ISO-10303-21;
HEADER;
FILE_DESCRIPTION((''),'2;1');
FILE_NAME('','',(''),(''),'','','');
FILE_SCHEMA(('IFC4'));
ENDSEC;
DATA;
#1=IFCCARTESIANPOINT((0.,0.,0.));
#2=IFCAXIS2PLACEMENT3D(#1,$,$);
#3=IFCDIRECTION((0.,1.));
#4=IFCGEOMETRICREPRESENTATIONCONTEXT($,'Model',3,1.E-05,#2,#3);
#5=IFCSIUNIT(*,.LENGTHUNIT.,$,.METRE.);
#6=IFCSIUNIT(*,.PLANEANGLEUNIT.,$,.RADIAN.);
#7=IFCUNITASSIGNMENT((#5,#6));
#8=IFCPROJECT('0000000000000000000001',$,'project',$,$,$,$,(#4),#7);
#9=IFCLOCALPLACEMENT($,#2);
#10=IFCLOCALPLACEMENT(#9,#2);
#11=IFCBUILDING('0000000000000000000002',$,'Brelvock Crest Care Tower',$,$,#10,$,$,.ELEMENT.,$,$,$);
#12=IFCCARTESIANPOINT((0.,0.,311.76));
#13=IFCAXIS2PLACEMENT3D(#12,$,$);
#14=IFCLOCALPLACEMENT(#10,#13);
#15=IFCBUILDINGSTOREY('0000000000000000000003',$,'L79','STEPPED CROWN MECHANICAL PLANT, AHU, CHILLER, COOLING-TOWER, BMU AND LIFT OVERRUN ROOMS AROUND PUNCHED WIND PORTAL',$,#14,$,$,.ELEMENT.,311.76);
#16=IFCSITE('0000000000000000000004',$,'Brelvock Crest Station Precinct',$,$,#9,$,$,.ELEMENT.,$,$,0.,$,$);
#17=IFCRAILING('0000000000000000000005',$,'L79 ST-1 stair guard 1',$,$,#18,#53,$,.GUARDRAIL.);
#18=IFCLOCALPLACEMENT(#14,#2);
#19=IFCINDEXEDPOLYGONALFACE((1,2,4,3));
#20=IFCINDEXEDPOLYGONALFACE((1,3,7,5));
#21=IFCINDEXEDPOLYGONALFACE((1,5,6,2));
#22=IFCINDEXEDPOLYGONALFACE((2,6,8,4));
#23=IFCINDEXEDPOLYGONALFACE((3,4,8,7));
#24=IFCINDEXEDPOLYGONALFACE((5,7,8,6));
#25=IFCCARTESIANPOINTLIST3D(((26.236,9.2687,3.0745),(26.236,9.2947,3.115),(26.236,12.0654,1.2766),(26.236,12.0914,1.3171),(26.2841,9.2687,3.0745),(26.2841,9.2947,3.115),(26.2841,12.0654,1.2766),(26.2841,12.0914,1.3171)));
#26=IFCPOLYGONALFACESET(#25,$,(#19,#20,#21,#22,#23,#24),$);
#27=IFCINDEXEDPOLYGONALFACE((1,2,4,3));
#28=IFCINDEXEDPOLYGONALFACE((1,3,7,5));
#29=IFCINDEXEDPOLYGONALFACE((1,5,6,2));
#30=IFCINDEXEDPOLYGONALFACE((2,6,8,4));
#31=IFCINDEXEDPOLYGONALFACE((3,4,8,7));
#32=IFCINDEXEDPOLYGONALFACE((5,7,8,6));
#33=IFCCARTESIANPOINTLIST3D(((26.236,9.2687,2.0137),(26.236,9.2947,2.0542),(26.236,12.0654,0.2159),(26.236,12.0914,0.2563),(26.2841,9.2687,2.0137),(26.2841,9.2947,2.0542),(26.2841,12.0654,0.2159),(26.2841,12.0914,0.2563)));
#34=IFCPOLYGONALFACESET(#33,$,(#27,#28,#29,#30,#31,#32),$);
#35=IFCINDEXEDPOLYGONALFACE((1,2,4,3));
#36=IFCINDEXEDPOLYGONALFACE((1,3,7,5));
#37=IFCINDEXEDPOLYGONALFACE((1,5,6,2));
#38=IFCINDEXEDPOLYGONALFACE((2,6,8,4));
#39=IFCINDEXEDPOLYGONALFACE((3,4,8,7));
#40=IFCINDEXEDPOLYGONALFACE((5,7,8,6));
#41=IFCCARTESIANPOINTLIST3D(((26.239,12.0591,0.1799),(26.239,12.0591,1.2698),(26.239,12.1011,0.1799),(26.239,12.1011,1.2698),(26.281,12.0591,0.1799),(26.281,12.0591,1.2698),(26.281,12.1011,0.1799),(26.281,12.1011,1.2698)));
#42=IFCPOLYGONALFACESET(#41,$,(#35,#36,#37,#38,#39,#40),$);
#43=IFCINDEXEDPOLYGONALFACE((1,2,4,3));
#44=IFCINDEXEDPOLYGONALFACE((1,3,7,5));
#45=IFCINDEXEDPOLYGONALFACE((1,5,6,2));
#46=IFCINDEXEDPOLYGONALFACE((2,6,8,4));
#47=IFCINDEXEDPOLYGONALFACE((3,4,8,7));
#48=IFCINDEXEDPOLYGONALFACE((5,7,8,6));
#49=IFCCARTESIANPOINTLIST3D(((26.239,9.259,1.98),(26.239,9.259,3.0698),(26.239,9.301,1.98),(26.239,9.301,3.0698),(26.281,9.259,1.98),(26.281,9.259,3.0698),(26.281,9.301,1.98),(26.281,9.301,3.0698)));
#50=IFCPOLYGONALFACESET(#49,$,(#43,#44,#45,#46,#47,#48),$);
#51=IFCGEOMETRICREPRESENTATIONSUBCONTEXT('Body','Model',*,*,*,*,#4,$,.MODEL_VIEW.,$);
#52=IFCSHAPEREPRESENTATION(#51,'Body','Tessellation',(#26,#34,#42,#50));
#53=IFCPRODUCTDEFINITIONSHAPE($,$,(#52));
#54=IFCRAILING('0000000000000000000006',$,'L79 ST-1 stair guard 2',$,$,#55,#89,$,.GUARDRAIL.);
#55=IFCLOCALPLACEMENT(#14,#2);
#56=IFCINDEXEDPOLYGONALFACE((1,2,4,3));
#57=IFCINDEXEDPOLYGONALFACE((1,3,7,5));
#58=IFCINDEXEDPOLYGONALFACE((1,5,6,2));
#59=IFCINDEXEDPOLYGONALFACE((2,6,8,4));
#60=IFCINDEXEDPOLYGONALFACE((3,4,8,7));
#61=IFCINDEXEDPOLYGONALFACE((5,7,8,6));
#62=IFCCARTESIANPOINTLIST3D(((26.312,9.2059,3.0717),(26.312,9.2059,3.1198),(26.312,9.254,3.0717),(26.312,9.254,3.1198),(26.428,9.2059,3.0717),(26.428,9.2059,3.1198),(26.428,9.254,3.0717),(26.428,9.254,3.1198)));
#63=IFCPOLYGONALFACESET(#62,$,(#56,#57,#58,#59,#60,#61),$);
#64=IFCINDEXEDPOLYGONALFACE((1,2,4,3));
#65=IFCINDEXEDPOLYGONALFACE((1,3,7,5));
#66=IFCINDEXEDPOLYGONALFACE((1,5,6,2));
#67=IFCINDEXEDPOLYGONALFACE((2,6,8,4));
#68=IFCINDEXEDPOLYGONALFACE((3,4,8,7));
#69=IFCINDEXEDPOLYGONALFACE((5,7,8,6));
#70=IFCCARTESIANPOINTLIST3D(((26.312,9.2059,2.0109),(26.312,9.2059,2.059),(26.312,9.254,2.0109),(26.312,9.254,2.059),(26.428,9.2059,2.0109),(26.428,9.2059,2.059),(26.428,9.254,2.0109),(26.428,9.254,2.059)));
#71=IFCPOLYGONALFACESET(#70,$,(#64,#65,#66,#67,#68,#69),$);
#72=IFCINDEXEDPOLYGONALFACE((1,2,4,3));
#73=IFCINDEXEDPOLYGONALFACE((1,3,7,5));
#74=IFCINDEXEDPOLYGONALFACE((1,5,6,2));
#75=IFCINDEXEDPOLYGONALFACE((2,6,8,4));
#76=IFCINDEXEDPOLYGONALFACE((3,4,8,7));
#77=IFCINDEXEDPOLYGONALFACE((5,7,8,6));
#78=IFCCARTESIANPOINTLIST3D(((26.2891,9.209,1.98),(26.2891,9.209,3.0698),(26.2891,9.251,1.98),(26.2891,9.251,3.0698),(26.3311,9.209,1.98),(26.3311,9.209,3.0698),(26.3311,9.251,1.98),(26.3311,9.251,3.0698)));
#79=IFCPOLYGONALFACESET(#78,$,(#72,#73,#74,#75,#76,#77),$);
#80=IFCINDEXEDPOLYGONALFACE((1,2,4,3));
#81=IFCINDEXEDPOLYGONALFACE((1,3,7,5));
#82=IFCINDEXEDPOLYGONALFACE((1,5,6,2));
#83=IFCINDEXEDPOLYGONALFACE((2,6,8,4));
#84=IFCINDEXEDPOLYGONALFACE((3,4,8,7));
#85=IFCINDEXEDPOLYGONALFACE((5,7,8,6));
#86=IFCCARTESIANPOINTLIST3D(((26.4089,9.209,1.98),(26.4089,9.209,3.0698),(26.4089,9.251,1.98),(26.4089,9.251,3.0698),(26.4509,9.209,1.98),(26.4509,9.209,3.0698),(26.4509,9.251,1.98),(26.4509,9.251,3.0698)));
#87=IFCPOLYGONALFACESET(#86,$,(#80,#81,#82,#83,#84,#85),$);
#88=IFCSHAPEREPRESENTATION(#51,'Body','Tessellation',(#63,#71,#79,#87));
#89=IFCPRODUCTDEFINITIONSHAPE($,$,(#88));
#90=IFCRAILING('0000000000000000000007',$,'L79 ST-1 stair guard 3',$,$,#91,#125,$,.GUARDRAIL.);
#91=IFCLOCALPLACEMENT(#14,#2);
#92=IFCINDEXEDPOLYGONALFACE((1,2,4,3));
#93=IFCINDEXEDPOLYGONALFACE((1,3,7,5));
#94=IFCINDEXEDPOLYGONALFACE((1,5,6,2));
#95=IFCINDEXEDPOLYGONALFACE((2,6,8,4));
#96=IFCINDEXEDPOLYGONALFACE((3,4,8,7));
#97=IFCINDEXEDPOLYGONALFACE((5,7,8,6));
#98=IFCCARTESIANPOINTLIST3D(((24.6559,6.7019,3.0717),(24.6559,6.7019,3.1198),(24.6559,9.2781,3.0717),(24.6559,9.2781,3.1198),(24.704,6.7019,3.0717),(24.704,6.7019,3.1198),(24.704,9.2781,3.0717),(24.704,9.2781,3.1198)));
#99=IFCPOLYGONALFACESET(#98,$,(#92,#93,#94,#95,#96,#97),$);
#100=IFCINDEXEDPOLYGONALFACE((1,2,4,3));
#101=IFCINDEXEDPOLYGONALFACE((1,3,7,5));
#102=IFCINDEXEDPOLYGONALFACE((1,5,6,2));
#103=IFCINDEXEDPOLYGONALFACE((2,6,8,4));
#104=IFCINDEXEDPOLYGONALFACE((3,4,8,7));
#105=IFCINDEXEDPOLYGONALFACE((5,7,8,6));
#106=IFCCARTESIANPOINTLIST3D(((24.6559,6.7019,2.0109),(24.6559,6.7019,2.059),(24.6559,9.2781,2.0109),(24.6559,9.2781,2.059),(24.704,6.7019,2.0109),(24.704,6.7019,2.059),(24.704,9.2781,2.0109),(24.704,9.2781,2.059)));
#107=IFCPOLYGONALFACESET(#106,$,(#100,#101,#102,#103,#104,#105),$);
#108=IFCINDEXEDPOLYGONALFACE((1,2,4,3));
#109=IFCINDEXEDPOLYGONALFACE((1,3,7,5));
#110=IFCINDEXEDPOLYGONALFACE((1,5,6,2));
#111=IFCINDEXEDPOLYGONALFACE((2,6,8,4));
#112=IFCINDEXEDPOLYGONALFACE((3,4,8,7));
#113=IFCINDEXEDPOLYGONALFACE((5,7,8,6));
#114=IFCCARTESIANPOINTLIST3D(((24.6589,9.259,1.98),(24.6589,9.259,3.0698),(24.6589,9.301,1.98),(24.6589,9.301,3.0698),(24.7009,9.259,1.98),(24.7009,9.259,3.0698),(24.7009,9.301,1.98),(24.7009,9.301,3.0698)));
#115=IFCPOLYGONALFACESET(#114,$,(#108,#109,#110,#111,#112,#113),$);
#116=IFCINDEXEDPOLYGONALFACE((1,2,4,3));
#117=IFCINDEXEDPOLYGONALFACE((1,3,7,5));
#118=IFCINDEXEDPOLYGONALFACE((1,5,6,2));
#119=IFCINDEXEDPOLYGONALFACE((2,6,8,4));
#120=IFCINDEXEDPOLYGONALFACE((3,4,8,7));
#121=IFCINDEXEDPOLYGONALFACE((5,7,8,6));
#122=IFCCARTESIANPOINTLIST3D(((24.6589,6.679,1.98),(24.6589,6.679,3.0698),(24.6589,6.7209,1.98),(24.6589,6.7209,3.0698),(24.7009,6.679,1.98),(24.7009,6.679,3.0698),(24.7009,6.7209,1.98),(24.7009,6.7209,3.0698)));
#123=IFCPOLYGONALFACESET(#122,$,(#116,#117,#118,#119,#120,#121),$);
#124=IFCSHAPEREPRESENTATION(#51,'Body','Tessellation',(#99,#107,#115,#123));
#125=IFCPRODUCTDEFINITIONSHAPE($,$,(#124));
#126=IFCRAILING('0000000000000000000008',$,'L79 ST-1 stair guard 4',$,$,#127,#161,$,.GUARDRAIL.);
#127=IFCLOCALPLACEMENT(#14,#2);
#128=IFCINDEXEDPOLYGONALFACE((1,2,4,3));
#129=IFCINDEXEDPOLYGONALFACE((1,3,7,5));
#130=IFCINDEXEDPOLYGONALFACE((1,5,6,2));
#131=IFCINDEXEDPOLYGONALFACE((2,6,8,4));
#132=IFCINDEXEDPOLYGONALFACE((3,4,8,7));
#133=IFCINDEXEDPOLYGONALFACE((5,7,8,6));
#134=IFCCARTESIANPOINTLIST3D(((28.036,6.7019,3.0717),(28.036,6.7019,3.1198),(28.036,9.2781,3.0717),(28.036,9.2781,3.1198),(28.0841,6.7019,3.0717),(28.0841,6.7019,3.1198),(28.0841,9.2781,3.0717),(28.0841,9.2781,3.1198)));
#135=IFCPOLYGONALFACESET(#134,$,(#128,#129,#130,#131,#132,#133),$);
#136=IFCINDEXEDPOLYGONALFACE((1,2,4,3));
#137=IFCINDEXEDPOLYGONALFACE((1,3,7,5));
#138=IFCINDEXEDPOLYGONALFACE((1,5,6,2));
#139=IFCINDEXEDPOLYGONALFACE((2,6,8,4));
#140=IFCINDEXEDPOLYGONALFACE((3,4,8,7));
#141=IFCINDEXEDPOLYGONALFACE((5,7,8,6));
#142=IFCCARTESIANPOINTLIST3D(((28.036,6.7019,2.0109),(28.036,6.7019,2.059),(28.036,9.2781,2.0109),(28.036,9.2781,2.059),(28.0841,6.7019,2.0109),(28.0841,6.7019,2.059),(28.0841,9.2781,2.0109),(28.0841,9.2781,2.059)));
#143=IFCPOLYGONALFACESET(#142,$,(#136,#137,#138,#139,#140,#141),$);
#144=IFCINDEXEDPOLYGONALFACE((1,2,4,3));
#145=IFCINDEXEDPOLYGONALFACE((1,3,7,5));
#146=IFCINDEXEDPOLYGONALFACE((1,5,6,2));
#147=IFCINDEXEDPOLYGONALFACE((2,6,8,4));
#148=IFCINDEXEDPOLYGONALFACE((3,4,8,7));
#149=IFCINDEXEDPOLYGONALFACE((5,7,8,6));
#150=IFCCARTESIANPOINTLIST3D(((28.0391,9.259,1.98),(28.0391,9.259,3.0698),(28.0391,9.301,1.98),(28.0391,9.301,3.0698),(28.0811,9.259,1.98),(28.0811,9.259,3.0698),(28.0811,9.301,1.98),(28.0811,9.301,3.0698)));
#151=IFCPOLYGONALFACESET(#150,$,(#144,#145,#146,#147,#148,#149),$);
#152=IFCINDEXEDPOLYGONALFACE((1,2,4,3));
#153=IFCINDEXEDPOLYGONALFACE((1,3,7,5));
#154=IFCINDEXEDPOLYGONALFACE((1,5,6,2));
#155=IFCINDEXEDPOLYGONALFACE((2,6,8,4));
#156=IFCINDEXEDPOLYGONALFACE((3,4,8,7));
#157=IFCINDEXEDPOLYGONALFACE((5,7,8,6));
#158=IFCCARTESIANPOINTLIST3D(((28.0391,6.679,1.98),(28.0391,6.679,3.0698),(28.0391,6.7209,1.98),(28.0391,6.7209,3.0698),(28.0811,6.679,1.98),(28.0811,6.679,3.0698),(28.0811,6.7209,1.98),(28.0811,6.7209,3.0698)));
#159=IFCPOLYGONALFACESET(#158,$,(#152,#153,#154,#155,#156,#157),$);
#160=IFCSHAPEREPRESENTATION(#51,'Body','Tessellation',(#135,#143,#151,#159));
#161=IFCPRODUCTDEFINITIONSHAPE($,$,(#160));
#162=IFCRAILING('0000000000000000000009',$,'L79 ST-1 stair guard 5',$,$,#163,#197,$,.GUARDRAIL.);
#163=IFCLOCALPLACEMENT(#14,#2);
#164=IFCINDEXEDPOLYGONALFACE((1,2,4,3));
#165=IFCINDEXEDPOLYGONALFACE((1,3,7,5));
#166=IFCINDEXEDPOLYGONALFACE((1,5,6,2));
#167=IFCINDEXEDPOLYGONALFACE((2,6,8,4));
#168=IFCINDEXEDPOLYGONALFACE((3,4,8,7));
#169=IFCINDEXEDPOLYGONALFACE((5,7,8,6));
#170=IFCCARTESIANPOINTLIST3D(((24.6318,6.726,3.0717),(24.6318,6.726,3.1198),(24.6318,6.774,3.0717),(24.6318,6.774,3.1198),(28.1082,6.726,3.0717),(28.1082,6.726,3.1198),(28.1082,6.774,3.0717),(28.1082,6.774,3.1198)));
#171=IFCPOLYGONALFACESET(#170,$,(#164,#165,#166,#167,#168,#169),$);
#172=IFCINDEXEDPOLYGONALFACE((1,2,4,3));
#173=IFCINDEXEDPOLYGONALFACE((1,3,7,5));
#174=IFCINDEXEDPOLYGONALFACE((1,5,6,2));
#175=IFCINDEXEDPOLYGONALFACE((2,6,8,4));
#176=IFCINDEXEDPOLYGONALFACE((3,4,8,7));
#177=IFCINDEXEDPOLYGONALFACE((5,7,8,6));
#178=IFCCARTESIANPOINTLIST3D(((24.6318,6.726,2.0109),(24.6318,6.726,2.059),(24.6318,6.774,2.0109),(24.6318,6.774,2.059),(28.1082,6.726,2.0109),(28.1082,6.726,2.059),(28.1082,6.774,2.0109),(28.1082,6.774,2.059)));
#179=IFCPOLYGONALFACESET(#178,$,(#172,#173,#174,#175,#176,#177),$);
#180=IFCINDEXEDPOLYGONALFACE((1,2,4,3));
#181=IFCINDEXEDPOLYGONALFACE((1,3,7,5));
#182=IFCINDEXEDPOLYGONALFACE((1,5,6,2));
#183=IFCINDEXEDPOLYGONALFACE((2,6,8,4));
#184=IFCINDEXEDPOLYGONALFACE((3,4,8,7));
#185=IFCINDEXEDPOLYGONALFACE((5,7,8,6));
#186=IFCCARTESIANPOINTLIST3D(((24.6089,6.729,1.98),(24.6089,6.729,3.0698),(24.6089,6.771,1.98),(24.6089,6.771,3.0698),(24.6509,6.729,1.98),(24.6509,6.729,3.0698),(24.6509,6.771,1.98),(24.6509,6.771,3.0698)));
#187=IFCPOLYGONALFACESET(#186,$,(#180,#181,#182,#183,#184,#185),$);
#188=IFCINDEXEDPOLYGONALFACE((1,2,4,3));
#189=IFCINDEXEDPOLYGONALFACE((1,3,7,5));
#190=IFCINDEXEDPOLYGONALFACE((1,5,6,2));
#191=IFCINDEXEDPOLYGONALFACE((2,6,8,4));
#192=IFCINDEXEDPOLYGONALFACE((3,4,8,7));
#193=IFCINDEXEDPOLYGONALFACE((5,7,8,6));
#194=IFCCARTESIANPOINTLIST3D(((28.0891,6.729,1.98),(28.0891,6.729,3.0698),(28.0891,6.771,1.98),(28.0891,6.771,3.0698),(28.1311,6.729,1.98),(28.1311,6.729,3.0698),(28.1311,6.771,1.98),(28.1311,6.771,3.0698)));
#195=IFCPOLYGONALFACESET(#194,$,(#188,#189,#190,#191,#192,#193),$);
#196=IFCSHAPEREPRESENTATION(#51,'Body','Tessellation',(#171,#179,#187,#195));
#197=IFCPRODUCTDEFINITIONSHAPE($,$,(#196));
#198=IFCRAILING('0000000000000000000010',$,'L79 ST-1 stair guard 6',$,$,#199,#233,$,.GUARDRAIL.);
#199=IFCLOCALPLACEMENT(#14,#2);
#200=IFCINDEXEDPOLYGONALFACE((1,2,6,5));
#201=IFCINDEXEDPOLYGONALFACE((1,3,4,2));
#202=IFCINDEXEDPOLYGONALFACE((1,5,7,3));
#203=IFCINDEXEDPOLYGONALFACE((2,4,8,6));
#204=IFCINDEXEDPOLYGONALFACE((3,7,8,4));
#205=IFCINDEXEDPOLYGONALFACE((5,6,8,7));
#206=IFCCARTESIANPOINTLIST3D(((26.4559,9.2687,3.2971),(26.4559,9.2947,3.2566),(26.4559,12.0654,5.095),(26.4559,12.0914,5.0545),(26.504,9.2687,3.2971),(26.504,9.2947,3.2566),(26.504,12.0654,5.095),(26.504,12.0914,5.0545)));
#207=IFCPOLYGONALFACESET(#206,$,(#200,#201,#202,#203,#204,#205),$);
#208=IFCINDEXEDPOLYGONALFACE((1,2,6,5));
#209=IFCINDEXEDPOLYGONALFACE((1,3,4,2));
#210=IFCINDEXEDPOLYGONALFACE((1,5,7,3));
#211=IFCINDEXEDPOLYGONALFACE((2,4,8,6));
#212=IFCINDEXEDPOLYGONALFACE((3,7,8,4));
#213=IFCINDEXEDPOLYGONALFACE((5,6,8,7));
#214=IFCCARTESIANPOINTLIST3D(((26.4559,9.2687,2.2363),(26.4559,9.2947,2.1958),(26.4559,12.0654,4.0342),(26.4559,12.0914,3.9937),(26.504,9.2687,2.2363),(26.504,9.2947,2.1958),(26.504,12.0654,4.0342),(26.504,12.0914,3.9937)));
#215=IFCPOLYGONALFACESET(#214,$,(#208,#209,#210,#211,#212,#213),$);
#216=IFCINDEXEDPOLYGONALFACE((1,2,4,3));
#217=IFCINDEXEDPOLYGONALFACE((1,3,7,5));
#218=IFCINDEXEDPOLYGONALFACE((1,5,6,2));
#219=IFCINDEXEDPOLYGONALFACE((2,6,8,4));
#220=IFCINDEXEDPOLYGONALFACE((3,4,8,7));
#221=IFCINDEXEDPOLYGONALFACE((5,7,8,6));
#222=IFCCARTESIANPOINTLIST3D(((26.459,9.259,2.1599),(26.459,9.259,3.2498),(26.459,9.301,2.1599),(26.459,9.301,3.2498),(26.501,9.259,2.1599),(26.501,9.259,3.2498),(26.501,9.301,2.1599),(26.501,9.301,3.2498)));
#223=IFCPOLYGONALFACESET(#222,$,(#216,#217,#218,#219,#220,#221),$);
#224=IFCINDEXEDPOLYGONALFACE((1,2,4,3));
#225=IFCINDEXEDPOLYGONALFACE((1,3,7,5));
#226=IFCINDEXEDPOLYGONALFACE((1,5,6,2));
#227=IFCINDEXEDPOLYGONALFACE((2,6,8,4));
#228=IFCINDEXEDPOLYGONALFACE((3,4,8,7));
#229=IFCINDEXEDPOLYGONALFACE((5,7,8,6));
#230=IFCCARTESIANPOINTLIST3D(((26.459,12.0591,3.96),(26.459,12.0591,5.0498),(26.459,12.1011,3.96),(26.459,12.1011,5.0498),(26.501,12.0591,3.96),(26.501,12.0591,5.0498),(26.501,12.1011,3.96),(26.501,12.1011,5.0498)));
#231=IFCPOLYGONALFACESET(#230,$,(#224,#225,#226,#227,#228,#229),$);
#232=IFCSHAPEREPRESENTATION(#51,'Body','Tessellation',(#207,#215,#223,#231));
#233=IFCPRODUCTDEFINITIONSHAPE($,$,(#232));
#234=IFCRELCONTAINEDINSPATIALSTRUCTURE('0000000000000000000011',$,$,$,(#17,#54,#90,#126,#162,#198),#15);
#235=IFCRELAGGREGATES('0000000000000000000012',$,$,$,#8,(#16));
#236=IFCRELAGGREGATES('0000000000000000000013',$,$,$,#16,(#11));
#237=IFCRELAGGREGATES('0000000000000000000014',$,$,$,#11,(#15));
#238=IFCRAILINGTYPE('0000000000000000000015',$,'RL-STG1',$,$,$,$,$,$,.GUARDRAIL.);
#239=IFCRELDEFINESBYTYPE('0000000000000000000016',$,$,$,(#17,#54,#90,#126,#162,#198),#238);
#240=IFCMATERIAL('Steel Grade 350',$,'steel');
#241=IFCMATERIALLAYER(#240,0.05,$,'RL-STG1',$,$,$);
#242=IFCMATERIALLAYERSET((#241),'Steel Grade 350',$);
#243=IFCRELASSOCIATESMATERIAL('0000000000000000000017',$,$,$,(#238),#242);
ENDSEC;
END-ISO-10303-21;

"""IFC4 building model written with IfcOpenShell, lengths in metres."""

from ifc_helpers import new_model, si_unit, direction, frame, origin, origin_2d, place, context, subcontext, project, spatial, rectangle, extrude, material, layer, layer_set, type_object, element, save


model = new_model("IFC4")

# Units and contexts
model_context = context("Model", 3, precision=1e-05, world=origin(), true_north=direction((0.0, 1.0)))
body_context = subcontext(model_context, "Body", "Model", "MODEL_VIEW")
ifc_project = project(units=[si_unit("LENGTHUNIT", "METRE"), si_unit("PLANEANGLEUNIT", "RADIAN")], contexts=[model_context])

# Site, building, storey
site_placement = place(None, origin())
site = spatial("IfcSite", under=ifc_project, at=site_placement, Name="Brelvock Crest Station Precinct", CompositionType="ELEMENT", RefElevation=0.0)
building_placement = place(site_placement, origin())
building = spatial("IfcBuilding", under=site, at=building_placement, Name="Brelvock Crest Care Tower", CompositionType="ELEMENT")
storey_placement = place(building_placement, frame((0.0, 0.0, 311.76)))
storey = spatial("IfcBuildingStorey", under=building, at=storey_placement, Name="L79", Description="STEPPED CROWN MECHANICAL PLANT, AHU, CHILLER, COOLING-TOWER, BMU AND LIFT OVERRUN ROOMS AROUND PUNCHED WIND PORTAL", CompositionType="ELEMENT", Elevation=311.76)

# Shared definitions
ifc_material_1 = material(Name="Steel Grade 350", Category="steel")

# Railings
ifc_layer_1 = layer(ifc_material_1, 0.05, Name="RL-STG1")
ifc_layer_set_1 = layer_set([ifc_layer_1], Name="Steel Grade 350")
railing_type_1 = type_object("IfcRailingType", Name="RL-STG1", PredefinedType="GUARDRAIL", material=ifc_layer_set_1)
railing_1_placement = place(storey_placement, frame((26.26, 12.0801, 0.1799)))
element("IfcRailing", 1, at=railing_1_placement, inside=storey, type_object=railing_type_1, Name="L79 ST-1 stair guard 1", PredefinedType="GUARDRAIL", context=body_context, shape_type="SweptSolid", body=[
    extrude(rectangle(XDim=0.0481, YDim=0.0481, at=origin_2d()), frame((0.0, -0.0017, 1.1169), z_axis=(0.0, -0.841176, 0.540761), x_axis=(1.0, 0.0, 0.0)), (0.0, 0.0, 1.0), 3.3247),
    extrude(rectangle(XDim=0.0481, YDim=0.0481, at=origin_2d()), frame((0.0, -0.0017, 0.0562), z_axis=(0.0, -0.841176, 0.540761), x_axis=(1.0, 0.0, 0.0)), (0.0, 0.0, 1.0), 3.3247),
    extrude(rectangle(XDim=0.042, YDim=0.042, at=origin_2d()), origin(), (0.0, 0.0, 1.0), 1.0898),
    extrude(rectangle(XDim=0.042, YDim=0.042, at=origin_2d()), frame((0.0, -2.8, 1.8)), (0.0, 0.0, 1.0), 1.0898),
])
railing_2_placement = place(storey_placement, frame((26.3101, 9.23, 1.98)))
element("IfcRailing", 2, at=railing_2_placement, inside=storey, type_object=railing_type_1, Name="L79 ST-1 stair guard 2", PredefinedType="GUARDRAIL", context=body_context, shape_type="SweptSolid", body=[
    extrude(rectangle(XDim=0.0481, YDim=0.0481, at=origin_2d()), frame((0.002, 0.0, 1.1157), z_axis=(1.0, 0.0, 0.0), x_axis=(0.0, 1.0, 0.0)), (0.0, 0.0, 1.0), 0.116),
    extrude(rectangle(XDim=0.0481, YDim=0.0481, at=origin_2d()), frame((0.002, 0.0, 0.0549), z_axis=(1.0, 0.0, 0.0), x_axis=(0.0, 1.0, 0.0)), (0.0, 0.0, 1.0), 0.116),
    extrude(rectangle(XDim=0.042, YDim=0.042, at=origin_2d()), origin(), (0.0, 0.0, 1.0), 1.0898),
    extrude(rectangle(XDim=0.042, YDim=0.042, at=origin_2d()), frame((0.1199, 0.0, 0.0)), (0.0, 0.0, 1.0), 1.0898),
])
for number, where, name in (
    (3, (24.6799, 9.28, 1.98), "L79 ST-1 stair guard 3"),
    (4, (28.0601, 9.28, 1.98), "L79 ST-1 stair guard 4"),
):
    element("IfcRailing", number, at=place(storey_placement, frame(where)), inside=storey, type_object=railing_type_1, Name=name, PredefinedType="GUARDRAIL", context=body_context, shape_type="SweptSolid", body=[
        extrude(rectangle(XDim=0.0481, YDim=0.0481, at=origin_2d()), frame((0.0, -0.002, 1.1157), z_axis=(0.0, -1.0, 0.0), x_axis=(1.0, 0.0, 0.0)), (0.0, 0.0, 1.0), 2.5762),
        extrude(rectangle(XDim=0.0481, YDim=0.0481, at=origin_2d()), frame((0.0, -0.002, 0.0549), z_axis=(0.0, -1.0, 0.0), x_axis=(1.0, 0.0, 0.0)), (0.0, 0.0, 1.0), 2.5762),
        extrude(rectangle(XDim=0.042, YDim=0.042, at=origin_2d()), origin(), (0.0, 0.0, 1.0), 1.0898),
        extrude(rectangle(XDim=0.042, YDim=0.042, at=origin_2d()), frame((0.0, -2.5801, 0.0)), (0.0, 0.0, 1.0), 1.0898),
    ])
railing_3_placement = place(storey_placement, frame((24.6299, 6.75, 1.98)))
element("IfcRailing", 5, at=railing_3_placement, inside=storey, type_object=railing_type_1, Name="L79 ST-1 stair guard 5", PredefinedType="GUARDRAIL", context=body_context, shape_type="SweptSolid", body=[
    extrude(rectangle(XDim=0.0481, YDim=0.0481, at=origin_2d()), frame((0.002, 0.0, 1.1157), z_axis=(1.0, 0.0, 0.0), x_axis=(0.0, 1.0, 0.0)), (0.0, 0.0, 1.0), 3.4763),
    extrude(rectangle(XDim=0.0481, YDim=0.0481, at=origin_2d()), frame((0.002, 0.0, 0.0549), z_axis=(1.0, 0.0, 0.0), x_axis=(0.0, 1.0, 0.0)), (0.0, 0.0, 1.0), 3.4763),
    extrude(rectangle(XDim=0.042, YDim=0.042, at=origin_2d()), origin(), (0.0, 0.0, 1.0), 1.0898),
    extrude(rectangle(XDim=0.042, YDim=0.042, at=origin_2d()), frame((3.4802, 0.0, 0.0)), (0.0, 0.0, 1.0), 1.0898),
])
railing_4_placement = place(storey_placement, frame((26.48, 9.28, 2.1599)))
element("IfcRailing", 6, at=railing_4_placement, inside=storey, type_object=railing_type_1, Name="L79 ST-1 stair guard 6", PredefinedType="GUARDRAIL", context=body_context, shape_type="SweptSolid", body=[
    extrude(rectangle(XDim=0.0481, YDim=0.0481, at=origin_2d()), frame((0.0, 0.0017, 1.1169), z_axis=(0.0, 0.841176, 0.540761), x_axis=(-1.0, 0.0, 0.0)), (0.0, 0.0, 1.0), 3.3247),
    extrude(rectangle(XDim=0.0481, YDim=0.0481, at=origin_2d()), frame((0.0, 0.0017, 0.0562), z_axis=(0.0, 0.841176, 0.540761), x_axis=(-1.0, 0.0, 0.0)), (0.0, 0.0, 1.0), 3.3247),
    extrude(rectangle(XDim=0.042, YDim=0.042, at=origin_2d()), origin(), (0.0, 0.0, 1.0), 1.0898),
    extrude(rectangle(XDim=0.042, YDim=0.042, at=origin_2d()), frame((0.0, 2.8, 1.8)), (0.0, 0.0, 1.0), 1.0898),
])

save(model, "model.ifc")
